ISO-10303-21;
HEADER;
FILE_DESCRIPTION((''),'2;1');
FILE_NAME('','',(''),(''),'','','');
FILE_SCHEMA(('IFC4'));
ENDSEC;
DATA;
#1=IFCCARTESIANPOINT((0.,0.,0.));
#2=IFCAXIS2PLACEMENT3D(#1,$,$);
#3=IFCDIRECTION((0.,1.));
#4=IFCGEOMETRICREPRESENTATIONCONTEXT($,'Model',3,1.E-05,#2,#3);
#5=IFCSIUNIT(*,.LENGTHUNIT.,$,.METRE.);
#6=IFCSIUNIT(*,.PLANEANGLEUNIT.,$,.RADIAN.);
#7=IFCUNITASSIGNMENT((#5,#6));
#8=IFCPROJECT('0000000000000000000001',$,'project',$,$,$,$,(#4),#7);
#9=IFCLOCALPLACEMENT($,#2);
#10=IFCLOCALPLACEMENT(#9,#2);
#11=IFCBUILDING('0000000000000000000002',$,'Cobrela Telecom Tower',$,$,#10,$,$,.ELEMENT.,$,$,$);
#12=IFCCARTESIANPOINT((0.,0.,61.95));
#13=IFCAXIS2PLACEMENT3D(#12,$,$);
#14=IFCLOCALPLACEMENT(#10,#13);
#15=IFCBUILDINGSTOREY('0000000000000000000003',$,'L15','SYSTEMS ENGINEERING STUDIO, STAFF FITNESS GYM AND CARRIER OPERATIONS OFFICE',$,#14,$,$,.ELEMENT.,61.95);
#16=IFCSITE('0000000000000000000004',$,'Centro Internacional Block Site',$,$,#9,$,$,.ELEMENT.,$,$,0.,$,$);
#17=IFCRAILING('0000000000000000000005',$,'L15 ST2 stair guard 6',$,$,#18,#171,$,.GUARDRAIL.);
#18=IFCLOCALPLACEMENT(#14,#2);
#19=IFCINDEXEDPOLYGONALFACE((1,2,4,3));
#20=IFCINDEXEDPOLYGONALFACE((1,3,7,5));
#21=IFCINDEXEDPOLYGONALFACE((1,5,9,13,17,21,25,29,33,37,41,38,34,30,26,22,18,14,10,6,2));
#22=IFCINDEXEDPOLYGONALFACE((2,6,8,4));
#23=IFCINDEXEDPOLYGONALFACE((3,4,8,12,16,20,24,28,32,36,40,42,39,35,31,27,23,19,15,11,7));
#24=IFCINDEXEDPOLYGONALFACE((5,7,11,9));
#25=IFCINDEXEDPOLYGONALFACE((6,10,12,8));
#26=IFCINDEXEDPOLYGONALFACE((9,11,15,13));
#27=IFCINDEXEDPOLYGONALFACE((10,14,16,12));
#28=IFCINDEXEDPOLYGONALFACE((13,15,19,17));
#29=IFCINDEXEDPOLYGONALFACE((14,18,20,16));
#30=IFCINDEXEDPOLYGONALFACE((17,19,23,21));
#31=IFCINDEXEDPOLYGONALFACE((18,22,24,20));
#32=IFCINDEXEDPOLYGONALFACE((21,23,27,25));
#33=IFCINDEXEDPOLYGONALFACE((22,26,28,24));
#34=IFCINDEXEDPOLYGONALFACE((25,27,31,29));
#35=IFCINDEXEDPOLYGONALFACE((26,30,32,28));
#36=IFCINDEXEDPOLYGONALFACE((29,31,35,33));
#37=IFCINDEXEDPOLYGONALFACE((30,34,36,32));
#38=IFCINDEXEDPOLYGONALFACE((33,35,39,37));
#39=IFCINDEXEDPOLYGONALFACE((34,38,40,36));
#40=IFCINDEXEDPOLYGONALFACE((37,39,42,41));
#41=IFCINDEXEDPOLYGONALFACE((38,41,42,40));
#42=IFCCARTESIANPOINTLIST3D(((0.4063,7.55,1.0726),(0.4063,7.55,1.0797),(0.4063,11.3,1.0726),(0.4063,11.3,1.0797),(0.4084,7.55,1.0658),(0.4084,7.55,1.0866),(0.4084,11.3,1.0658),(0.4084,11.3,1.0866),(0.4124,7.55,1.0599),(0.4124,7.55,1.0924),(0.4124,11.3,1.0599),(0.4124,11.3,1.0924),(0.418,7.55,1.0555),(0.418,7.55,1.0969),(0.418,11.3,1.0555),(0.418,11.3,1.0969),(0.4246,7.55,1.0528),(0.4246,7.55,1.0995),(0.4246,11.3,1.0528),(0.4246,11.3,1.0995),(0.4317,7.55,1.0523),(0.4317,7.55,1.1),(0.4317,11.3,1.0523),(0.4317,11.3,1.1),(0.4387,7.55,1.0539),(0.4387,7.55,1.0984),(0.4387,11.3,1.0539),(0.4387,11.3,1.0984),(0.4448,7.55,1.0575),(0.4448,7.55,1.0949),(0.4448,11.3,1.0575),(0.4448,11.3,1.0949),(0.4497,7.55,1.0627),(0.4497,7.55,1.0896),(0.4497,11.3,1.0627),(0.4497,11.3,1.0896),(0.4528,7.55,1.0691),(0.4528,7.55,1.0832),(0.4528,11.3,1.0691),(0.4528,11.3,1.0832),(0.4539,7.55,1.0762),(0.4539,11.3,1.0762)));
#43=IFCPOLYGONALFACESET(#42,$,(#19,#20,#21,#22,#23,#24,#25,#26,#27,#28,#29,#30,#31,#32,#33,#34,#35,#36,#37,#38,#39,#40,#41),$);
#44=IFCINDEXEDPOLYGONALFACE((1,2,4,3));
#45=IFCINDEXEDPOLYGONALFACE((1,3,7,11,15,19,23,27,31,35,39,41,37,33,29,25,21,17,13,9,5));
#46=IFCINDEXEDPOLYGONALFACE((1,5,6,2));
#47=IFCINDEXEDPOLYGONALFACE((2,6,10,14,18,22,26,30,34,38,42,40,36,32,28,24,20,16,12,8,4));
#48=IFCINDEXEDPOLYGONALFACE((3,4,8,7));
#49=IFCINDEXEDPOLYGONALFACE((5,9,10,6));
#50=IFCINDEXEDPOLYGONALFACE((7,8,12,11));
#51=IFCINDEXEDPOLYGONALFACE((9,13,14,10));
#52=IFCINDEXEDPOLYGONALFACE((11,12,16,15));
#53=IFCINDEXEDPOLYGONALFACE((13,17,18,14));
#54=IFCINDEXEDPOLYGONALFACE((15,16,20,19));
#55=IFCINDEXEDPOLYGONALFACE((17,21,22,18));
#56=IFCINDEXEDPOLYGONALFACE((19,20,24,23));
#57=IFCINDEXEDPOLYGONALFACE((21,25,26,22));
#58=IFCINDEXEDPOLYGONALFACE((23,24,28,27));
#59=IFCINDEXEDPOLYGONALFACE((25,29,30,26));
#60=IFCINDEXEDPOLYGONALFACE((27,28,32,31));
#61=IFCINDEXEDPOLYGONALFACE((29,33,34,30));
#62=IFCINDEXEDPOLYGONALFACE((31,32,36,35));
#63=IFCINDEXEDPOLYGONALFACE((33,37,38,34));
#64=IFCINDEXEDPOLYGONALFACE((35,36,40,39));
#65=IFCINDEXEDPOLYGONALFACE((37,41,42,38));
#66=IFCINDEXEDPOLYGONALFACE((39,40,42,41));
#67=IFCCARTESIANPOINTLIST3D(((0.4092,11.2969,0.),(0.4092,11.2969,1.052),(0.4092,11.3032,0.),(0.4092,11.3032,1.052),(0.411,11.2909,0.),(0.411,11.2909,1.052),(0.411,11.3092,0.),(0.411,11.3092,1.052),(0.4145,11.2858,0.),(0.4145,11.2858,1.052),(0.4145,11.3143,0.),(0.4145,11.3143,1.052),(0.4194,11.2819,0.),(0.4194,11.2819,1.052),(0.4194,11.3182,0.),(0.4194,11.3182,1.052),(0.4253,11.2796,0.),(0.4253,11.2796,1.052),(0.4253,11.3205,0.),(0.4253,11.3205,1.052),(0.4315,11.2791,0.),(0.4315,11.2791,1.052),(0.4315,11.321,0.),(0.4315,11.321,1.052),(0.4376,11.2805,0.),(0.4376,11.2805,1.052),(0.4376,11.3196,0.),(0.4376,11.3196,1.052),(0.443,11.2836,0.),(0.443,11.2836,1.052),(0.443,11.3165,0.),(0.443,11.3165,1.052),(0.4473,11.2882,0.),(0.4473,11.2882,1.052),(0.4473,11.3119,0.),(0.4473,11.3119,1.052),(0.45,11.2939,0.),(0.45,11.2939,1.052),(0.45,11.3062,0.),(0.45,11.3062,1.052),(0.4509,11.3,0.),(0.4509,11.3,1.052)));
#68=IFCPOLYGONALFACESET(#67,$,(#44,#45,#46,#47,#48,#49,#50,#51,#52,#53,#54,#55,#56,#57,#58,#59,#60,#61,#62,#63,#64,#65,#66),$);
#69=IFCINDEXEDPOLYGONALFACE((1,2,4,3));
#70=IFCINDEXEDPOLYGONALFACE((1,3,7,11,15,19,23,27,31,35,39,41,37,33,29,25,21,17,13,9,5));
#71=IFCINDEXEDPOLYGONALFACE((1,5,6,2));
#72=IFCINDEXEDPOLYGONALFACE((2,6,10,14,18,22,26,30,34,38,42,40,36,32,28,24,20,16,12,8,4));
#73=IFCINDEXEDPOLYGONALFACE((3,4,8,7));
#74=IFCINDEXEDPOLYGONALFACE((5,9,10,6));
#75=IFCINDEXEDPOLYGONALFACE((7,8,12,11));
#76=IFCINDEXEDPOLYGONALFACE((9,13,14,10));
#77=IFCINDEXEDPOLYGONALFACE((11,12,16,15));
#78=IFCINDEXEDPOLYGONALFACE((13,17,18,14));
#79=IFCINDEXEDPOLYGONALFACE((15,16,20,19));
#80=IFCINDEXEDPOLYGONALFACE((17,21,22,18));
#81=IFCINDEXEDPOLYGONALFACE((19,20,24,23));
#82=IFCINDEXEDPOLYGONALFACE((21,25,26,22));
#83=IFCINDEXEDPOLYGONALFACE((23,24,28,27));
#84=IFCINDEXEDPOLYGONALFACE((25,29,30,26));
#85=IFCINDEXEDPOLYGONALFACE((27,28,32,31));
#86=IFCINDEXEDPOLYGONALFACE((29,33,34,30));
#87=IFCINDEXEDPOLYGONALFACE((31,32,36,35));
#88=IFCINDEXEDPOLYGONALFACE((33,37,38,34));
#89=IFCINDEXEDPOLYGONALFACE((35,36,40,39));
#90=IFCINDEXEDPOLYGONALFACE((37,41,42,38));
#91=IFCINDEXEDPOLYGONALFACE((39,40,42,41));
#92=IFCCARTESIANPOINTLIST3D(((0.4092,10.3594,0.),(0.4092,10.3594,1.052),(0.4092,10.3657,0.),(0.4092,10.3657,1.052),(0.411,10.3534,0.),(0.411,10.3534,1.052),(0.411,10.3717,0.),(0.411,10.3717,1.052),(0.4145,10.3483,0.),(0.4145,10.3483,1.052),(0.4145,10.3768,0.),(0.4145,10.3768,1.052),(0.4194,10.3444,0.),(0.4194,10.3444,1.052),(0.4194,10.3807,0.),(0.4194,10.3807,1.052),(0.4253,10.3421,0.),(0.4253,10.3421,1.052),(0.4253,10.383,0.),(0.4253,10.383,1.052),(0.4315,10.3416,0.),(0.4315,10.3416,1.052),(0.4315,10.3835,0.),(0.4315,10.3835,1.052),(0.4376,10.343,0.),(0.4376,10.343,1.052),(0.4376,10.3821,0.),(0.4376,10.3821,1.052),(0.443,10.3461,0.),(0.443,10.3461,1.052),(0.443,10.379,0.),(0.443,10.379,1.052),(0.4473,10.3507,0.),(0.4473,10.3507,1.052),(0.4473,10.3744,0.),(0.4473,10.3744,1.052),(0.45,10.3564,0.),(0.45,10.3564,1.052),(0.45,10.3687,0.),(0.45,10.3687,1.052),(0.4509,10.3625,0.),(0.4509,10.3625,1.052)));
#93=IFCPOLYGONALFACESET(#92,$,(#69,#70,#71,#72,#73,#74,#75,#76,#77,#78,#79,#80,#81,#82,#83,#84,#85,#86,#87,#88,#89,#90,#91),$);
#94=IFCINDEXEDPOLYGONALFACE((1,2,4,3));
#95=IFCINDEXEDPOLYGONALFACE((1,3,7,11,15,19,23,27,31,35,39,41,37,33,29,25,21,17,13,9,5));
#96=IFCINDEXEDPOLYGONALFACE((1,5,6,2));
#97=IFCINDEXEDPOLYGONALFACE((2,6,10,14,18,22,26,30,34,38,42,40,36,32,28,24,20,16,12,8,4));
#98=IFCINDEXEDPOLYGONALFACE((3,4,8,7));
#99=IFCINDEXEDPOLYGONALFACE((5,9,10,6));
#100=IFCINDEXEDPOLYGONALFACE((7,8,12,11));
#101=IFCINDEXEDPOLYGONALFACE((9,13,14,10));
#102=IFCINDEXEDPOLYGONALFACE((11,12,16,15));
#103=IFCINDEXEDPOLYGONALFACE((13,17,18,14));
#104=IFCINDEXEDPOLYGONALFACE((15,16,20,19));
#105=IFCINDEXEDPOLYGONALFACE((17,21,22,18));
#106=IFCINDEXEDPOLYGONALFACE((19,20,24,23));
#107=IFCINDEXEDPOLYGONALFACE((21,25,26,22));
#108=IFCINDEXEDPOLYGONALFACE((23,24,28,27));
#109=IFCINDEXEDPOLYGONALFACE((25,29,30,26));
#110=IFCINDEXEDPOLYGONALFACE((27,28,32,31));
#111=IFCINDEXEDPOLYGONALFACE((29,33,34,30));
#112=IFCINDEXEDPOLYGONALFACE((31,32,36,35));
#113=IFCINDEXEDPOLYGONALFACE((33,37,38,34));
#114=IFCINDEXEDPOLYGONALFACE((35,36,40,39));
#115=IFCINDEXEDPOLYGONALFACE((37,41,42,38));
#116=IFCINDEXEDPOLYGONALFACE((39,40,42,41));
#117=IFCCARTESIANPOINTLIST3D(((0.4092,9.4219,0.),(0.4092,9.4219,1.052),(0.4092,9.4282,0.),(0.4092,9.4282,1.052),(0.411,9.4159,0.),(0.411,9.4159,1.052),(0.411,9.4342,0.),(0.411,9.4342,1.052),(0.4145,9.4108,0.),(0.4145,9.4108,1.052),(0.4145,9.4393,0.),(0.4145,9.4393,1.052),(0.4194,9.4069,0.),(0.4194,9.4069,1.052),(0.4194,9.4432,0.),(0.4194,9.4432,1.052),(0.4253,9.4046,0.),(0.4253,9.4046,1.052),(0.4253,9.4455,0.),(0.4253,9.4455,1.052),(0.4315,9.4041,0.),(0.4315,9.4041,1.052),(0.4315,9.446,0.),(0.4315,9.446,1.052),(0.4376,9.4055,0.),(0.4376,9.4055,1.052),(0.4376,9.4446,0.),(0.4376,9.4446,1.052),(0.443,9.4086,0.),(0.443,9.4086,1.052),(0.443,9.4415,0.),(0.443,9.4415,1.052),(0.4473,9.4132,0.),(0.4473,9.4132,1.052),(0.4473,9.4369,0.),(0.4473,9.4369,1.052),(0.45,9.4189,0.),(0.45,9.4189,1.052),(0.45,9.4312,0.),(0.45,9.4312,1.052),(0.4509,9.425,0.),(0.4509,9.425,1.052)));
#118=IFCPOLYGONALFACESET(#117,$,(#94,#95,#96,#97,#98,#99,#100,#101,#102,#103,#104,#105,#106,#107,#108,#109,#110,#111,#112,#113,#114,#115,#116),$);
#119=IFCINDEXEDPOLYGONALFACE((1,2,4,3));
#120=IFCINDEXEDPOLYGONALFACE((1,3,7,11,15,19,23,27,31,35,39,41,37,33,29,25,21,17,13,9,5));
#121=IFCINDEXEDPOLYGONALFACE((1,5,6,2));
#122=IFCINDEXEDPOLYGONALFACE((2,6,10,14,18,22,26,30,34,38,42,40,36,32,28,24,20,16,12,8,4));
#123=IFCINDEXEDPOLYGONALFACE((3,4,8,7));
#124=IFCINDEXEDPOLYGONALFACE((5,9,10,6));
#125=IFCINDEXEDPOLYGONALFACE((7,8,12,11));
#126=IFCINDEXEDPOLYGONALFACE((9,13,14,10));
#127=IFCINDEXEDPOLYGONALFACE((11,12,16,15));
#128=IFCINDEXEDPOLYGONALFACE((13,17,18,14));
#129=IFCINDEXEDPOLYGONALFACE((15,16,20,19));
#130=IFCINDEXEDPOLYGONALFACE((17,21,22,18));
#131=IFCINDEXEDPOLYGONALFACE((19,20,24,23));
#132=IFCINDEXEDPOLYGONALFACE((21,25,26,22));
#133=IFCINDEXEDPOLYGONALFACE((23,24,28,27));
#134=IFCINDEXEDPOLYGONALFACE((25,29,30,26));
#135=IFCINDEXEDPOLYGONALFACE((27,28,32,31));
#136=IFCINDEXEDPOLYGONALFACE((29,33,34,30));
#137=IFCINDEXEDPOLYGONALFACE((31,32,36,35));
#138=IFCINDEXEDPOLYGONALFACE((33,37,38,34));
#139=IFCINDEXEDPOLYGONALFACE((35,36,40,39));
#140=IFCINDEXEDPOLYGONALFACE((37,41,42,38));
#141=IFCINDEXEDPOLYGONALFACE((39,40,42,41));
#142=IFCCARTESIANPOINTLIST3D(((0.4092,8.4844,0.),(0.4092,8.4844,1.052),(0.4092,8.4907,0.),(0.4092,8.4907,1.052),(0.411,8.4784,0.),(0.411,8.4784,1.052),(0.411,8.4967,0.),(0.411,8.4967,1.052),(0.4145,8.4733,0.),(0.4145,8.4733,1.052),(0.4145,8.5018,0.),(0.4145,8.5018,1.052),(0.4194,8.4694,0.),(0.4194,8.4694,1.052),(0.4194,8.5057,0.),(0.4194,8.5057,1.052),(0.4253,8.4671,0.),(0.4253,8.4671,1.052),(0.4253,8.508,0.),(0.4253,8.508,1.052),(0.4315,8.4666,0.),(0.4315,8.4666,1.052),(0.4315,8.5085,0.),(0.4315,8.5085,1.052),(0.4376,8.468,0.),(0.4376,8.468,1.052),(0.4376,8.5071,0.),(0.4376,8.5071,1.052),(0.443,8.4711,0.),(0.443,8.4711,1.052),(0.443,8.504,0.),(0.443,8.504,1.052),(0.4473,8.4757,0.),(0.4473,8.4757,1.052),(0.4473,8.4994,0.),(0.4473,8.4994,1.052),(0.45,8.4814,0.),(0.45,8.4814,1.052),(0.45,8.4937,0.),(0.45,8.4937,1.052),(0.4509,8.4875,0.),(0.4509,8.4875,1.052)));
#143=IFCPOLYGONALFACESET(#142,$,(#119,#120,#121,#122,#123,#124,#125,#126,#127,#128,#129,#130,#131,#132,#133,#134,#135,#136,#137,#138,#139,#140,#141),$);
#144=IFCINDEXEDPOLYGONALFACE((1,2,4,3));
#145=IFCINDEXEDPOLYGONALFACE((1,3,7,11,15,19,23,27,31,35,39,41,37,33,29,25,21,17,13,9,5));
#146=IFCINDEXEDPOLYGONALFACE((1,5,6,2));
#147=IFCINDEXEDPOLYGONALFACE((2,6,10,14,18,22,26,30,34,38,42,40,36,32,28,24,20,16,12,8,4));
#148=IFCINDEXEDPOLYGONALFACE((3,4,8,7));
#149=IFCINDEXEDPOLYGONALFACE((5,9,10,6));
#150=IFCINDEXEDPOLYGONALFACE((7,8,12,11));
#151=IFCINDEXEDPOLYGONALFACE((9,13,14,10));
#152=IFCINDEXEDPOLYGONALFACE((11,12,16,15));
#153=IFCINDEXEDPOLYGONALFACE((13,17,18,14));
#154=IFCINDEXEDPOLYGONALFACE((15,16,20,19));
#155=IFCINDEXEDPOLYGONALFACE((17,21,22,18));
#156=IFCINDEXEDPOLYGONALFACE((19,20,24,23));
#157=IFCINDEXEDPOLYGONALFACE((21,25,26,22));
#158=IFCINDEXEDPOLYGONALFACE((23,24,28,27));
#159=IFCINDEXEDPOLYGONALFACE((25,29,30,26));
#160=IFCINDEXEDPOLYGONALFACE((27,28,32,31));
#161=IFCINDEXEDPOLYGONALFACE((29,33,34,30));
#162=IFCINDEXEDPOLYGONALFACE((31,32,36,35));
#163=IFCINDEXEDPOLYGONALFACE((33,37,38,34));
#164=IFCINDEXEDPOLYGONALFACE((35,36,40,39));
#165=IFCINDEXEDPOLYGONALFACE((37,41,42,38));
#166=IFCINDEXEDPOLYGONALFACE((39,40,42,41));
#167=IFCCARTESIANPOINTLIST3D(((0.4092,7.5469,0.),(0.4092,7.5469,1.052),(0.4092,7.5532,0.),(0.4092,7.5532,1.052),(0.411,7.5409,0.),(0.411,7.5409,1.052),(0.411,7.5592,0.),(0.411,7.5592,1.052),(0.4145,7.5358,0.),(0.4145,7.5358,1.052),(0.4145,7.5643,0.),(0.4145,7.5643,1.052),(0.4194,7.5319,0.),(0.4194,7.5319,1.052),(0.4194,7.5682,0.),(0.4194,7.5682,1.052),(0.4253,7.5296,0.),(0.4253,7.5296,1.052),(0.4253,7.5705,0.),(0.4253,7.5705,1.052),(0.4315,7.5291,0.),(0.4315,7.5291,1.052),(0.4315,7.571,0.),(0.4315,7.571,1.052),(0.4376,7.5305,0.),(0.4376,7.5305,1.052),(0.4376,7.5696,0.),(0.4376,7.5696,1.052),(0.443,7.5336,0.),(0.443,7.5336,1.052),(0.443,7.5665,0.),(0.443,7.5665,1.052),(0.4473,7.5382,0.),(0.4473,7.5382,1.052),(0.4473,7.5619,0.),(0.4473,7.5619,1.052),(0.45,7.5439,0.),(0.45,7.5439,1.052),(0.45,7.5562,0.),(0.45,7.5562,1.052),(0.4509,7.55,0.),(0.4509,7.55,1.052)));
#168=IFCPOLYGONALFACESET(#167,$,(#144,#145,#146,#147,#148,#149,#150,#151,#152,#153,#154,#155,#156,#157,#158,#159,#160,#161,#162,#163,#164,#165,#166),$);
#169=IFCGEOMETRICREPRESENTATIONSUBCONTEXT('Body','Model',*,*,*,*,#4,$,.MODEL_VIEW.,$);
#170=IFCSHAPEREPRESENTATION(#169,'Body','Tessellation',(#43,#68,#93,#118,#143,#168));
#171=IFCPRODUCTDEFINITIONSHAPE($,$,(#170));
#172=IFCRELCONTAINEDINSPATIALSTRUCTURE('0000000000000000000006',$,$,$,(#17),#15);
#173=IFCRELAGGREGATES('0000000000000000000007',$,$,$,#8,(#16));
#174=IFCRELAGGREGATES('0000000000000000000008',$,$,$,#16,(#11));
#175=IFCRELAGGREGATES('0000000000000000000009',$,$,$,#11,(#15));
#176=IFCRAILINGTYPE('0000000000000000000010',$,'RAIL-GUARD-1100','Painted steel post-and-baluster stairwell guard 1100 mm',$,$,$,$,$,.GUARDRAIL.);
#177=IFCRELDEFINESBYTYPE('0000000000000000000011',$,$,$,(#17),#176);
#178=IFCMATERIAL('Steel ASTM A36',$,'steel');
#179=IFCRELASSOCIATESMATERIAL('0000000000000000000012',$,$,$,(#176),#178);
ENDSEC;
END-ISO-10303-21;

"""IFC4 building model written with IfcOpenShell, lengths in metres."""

from ifc_helpers import new_model, si_unit, direction, frame, origin, origin_2d, place, context, subcontext, project, spatial, circle, extrude, material, type_object, element, save


model = new_model("IFC4")

# Units and contexts
model_context = context("Model", 3, precision=1e-05, world=origin(), true_north=direction((0.0, 1.0)))
body_context = subcontext(model_context, "Body", "Model", "MODEL_VIEW")
ifc_project = project(units=[si_unit("LENGTHUNIT", "METRE"), si_unit("PLANEANGLEUNIT", "RADIAN")], contexts=[model_context])

# Site, building, storey
site_placement = place(None, origin())
site = spatial("IfcSite", under=ifc_project, at=site_placement, Name="Centro Internacional Block Site", CompositionType="ELEMENT", RefElevation=0.0)
building_placement = place(site_placement, origin())
building = spatial("IfcBuilding", under=site, at=building_placement, Name="Cobrela Telecom Tower", CompositionType="ELEMENT")
storey_placement = place(building_placement, frame((0.0, 0.0, 61.95)))
storey = spatial("IfcBuildingStorey", under=building, at=storey_placement, Name="L15", Description="SYSTEMS ENGINEERING STUDIO, STAFF FITNESS GYM AND CARRIER OPERATIONS OFFICE", CompositionType="ELEMENT", Elevation=61.95)

# Railing
ifc_material_1 = material(Name="Steel ASTM A36", Category="steel")
railing_type_1 = type_object("IfcRailingType", Name="RAIL-GUARD-1100", Description="Painted steel post-and-baluster stairwell guard 1100 mm", PredefinedType="GUARDRAIL", material=ifc_material_1)
railing_1_placement = place(storey_placement, frame((0.4299, 11.3, 0.0)))
element("IfcRailing", 1, at=railing_1_placement, inside=storey, type_object=railing_type_1, Name="L15 ST2 stair guard 6", PredefinedType="GUARDRAIL", context=body_context, shape_type="SweptSolid", body=[
    extrude(circle(Radius=0.0239, at=origin_2d()), frame((0.0, 0.0, 1.0762), z_axis=(0.0, -1.0, 0.0), x_axis=(1.0, 0.0, 0.0)), (0.0, 0.0, 1.0), 3.75),
    extrude(circle(Radius=0.021, at=origin_2d()), origin(), (0.0, 0.0, 1.0), 1.052),
    extrude(circle(Radius=0.021, at=origin_2d()), frame((0.0, -0.9375, 0.0)), (0.0, 0.0, 1.0), 1.052),
    extrude(circle(Radius=0.021, at=origin_2d()), frame((0.0, -1.875, 0.0)), (0.0, 0.0, 1.0), 1.052),
    extrude(circle(Radius=0.021, at=origin_2d()), frame((0.0, -2.8125, 0.0)), (0.0, 0.0, 1.0), 1.052),
    extrude(circle(Radius=0.021, at=origin_2d()), frame((0.0, -3.75, 0.0)), (0.0, 0.0, 1.0), 1.052),
])

save(model, "model.ifc")
